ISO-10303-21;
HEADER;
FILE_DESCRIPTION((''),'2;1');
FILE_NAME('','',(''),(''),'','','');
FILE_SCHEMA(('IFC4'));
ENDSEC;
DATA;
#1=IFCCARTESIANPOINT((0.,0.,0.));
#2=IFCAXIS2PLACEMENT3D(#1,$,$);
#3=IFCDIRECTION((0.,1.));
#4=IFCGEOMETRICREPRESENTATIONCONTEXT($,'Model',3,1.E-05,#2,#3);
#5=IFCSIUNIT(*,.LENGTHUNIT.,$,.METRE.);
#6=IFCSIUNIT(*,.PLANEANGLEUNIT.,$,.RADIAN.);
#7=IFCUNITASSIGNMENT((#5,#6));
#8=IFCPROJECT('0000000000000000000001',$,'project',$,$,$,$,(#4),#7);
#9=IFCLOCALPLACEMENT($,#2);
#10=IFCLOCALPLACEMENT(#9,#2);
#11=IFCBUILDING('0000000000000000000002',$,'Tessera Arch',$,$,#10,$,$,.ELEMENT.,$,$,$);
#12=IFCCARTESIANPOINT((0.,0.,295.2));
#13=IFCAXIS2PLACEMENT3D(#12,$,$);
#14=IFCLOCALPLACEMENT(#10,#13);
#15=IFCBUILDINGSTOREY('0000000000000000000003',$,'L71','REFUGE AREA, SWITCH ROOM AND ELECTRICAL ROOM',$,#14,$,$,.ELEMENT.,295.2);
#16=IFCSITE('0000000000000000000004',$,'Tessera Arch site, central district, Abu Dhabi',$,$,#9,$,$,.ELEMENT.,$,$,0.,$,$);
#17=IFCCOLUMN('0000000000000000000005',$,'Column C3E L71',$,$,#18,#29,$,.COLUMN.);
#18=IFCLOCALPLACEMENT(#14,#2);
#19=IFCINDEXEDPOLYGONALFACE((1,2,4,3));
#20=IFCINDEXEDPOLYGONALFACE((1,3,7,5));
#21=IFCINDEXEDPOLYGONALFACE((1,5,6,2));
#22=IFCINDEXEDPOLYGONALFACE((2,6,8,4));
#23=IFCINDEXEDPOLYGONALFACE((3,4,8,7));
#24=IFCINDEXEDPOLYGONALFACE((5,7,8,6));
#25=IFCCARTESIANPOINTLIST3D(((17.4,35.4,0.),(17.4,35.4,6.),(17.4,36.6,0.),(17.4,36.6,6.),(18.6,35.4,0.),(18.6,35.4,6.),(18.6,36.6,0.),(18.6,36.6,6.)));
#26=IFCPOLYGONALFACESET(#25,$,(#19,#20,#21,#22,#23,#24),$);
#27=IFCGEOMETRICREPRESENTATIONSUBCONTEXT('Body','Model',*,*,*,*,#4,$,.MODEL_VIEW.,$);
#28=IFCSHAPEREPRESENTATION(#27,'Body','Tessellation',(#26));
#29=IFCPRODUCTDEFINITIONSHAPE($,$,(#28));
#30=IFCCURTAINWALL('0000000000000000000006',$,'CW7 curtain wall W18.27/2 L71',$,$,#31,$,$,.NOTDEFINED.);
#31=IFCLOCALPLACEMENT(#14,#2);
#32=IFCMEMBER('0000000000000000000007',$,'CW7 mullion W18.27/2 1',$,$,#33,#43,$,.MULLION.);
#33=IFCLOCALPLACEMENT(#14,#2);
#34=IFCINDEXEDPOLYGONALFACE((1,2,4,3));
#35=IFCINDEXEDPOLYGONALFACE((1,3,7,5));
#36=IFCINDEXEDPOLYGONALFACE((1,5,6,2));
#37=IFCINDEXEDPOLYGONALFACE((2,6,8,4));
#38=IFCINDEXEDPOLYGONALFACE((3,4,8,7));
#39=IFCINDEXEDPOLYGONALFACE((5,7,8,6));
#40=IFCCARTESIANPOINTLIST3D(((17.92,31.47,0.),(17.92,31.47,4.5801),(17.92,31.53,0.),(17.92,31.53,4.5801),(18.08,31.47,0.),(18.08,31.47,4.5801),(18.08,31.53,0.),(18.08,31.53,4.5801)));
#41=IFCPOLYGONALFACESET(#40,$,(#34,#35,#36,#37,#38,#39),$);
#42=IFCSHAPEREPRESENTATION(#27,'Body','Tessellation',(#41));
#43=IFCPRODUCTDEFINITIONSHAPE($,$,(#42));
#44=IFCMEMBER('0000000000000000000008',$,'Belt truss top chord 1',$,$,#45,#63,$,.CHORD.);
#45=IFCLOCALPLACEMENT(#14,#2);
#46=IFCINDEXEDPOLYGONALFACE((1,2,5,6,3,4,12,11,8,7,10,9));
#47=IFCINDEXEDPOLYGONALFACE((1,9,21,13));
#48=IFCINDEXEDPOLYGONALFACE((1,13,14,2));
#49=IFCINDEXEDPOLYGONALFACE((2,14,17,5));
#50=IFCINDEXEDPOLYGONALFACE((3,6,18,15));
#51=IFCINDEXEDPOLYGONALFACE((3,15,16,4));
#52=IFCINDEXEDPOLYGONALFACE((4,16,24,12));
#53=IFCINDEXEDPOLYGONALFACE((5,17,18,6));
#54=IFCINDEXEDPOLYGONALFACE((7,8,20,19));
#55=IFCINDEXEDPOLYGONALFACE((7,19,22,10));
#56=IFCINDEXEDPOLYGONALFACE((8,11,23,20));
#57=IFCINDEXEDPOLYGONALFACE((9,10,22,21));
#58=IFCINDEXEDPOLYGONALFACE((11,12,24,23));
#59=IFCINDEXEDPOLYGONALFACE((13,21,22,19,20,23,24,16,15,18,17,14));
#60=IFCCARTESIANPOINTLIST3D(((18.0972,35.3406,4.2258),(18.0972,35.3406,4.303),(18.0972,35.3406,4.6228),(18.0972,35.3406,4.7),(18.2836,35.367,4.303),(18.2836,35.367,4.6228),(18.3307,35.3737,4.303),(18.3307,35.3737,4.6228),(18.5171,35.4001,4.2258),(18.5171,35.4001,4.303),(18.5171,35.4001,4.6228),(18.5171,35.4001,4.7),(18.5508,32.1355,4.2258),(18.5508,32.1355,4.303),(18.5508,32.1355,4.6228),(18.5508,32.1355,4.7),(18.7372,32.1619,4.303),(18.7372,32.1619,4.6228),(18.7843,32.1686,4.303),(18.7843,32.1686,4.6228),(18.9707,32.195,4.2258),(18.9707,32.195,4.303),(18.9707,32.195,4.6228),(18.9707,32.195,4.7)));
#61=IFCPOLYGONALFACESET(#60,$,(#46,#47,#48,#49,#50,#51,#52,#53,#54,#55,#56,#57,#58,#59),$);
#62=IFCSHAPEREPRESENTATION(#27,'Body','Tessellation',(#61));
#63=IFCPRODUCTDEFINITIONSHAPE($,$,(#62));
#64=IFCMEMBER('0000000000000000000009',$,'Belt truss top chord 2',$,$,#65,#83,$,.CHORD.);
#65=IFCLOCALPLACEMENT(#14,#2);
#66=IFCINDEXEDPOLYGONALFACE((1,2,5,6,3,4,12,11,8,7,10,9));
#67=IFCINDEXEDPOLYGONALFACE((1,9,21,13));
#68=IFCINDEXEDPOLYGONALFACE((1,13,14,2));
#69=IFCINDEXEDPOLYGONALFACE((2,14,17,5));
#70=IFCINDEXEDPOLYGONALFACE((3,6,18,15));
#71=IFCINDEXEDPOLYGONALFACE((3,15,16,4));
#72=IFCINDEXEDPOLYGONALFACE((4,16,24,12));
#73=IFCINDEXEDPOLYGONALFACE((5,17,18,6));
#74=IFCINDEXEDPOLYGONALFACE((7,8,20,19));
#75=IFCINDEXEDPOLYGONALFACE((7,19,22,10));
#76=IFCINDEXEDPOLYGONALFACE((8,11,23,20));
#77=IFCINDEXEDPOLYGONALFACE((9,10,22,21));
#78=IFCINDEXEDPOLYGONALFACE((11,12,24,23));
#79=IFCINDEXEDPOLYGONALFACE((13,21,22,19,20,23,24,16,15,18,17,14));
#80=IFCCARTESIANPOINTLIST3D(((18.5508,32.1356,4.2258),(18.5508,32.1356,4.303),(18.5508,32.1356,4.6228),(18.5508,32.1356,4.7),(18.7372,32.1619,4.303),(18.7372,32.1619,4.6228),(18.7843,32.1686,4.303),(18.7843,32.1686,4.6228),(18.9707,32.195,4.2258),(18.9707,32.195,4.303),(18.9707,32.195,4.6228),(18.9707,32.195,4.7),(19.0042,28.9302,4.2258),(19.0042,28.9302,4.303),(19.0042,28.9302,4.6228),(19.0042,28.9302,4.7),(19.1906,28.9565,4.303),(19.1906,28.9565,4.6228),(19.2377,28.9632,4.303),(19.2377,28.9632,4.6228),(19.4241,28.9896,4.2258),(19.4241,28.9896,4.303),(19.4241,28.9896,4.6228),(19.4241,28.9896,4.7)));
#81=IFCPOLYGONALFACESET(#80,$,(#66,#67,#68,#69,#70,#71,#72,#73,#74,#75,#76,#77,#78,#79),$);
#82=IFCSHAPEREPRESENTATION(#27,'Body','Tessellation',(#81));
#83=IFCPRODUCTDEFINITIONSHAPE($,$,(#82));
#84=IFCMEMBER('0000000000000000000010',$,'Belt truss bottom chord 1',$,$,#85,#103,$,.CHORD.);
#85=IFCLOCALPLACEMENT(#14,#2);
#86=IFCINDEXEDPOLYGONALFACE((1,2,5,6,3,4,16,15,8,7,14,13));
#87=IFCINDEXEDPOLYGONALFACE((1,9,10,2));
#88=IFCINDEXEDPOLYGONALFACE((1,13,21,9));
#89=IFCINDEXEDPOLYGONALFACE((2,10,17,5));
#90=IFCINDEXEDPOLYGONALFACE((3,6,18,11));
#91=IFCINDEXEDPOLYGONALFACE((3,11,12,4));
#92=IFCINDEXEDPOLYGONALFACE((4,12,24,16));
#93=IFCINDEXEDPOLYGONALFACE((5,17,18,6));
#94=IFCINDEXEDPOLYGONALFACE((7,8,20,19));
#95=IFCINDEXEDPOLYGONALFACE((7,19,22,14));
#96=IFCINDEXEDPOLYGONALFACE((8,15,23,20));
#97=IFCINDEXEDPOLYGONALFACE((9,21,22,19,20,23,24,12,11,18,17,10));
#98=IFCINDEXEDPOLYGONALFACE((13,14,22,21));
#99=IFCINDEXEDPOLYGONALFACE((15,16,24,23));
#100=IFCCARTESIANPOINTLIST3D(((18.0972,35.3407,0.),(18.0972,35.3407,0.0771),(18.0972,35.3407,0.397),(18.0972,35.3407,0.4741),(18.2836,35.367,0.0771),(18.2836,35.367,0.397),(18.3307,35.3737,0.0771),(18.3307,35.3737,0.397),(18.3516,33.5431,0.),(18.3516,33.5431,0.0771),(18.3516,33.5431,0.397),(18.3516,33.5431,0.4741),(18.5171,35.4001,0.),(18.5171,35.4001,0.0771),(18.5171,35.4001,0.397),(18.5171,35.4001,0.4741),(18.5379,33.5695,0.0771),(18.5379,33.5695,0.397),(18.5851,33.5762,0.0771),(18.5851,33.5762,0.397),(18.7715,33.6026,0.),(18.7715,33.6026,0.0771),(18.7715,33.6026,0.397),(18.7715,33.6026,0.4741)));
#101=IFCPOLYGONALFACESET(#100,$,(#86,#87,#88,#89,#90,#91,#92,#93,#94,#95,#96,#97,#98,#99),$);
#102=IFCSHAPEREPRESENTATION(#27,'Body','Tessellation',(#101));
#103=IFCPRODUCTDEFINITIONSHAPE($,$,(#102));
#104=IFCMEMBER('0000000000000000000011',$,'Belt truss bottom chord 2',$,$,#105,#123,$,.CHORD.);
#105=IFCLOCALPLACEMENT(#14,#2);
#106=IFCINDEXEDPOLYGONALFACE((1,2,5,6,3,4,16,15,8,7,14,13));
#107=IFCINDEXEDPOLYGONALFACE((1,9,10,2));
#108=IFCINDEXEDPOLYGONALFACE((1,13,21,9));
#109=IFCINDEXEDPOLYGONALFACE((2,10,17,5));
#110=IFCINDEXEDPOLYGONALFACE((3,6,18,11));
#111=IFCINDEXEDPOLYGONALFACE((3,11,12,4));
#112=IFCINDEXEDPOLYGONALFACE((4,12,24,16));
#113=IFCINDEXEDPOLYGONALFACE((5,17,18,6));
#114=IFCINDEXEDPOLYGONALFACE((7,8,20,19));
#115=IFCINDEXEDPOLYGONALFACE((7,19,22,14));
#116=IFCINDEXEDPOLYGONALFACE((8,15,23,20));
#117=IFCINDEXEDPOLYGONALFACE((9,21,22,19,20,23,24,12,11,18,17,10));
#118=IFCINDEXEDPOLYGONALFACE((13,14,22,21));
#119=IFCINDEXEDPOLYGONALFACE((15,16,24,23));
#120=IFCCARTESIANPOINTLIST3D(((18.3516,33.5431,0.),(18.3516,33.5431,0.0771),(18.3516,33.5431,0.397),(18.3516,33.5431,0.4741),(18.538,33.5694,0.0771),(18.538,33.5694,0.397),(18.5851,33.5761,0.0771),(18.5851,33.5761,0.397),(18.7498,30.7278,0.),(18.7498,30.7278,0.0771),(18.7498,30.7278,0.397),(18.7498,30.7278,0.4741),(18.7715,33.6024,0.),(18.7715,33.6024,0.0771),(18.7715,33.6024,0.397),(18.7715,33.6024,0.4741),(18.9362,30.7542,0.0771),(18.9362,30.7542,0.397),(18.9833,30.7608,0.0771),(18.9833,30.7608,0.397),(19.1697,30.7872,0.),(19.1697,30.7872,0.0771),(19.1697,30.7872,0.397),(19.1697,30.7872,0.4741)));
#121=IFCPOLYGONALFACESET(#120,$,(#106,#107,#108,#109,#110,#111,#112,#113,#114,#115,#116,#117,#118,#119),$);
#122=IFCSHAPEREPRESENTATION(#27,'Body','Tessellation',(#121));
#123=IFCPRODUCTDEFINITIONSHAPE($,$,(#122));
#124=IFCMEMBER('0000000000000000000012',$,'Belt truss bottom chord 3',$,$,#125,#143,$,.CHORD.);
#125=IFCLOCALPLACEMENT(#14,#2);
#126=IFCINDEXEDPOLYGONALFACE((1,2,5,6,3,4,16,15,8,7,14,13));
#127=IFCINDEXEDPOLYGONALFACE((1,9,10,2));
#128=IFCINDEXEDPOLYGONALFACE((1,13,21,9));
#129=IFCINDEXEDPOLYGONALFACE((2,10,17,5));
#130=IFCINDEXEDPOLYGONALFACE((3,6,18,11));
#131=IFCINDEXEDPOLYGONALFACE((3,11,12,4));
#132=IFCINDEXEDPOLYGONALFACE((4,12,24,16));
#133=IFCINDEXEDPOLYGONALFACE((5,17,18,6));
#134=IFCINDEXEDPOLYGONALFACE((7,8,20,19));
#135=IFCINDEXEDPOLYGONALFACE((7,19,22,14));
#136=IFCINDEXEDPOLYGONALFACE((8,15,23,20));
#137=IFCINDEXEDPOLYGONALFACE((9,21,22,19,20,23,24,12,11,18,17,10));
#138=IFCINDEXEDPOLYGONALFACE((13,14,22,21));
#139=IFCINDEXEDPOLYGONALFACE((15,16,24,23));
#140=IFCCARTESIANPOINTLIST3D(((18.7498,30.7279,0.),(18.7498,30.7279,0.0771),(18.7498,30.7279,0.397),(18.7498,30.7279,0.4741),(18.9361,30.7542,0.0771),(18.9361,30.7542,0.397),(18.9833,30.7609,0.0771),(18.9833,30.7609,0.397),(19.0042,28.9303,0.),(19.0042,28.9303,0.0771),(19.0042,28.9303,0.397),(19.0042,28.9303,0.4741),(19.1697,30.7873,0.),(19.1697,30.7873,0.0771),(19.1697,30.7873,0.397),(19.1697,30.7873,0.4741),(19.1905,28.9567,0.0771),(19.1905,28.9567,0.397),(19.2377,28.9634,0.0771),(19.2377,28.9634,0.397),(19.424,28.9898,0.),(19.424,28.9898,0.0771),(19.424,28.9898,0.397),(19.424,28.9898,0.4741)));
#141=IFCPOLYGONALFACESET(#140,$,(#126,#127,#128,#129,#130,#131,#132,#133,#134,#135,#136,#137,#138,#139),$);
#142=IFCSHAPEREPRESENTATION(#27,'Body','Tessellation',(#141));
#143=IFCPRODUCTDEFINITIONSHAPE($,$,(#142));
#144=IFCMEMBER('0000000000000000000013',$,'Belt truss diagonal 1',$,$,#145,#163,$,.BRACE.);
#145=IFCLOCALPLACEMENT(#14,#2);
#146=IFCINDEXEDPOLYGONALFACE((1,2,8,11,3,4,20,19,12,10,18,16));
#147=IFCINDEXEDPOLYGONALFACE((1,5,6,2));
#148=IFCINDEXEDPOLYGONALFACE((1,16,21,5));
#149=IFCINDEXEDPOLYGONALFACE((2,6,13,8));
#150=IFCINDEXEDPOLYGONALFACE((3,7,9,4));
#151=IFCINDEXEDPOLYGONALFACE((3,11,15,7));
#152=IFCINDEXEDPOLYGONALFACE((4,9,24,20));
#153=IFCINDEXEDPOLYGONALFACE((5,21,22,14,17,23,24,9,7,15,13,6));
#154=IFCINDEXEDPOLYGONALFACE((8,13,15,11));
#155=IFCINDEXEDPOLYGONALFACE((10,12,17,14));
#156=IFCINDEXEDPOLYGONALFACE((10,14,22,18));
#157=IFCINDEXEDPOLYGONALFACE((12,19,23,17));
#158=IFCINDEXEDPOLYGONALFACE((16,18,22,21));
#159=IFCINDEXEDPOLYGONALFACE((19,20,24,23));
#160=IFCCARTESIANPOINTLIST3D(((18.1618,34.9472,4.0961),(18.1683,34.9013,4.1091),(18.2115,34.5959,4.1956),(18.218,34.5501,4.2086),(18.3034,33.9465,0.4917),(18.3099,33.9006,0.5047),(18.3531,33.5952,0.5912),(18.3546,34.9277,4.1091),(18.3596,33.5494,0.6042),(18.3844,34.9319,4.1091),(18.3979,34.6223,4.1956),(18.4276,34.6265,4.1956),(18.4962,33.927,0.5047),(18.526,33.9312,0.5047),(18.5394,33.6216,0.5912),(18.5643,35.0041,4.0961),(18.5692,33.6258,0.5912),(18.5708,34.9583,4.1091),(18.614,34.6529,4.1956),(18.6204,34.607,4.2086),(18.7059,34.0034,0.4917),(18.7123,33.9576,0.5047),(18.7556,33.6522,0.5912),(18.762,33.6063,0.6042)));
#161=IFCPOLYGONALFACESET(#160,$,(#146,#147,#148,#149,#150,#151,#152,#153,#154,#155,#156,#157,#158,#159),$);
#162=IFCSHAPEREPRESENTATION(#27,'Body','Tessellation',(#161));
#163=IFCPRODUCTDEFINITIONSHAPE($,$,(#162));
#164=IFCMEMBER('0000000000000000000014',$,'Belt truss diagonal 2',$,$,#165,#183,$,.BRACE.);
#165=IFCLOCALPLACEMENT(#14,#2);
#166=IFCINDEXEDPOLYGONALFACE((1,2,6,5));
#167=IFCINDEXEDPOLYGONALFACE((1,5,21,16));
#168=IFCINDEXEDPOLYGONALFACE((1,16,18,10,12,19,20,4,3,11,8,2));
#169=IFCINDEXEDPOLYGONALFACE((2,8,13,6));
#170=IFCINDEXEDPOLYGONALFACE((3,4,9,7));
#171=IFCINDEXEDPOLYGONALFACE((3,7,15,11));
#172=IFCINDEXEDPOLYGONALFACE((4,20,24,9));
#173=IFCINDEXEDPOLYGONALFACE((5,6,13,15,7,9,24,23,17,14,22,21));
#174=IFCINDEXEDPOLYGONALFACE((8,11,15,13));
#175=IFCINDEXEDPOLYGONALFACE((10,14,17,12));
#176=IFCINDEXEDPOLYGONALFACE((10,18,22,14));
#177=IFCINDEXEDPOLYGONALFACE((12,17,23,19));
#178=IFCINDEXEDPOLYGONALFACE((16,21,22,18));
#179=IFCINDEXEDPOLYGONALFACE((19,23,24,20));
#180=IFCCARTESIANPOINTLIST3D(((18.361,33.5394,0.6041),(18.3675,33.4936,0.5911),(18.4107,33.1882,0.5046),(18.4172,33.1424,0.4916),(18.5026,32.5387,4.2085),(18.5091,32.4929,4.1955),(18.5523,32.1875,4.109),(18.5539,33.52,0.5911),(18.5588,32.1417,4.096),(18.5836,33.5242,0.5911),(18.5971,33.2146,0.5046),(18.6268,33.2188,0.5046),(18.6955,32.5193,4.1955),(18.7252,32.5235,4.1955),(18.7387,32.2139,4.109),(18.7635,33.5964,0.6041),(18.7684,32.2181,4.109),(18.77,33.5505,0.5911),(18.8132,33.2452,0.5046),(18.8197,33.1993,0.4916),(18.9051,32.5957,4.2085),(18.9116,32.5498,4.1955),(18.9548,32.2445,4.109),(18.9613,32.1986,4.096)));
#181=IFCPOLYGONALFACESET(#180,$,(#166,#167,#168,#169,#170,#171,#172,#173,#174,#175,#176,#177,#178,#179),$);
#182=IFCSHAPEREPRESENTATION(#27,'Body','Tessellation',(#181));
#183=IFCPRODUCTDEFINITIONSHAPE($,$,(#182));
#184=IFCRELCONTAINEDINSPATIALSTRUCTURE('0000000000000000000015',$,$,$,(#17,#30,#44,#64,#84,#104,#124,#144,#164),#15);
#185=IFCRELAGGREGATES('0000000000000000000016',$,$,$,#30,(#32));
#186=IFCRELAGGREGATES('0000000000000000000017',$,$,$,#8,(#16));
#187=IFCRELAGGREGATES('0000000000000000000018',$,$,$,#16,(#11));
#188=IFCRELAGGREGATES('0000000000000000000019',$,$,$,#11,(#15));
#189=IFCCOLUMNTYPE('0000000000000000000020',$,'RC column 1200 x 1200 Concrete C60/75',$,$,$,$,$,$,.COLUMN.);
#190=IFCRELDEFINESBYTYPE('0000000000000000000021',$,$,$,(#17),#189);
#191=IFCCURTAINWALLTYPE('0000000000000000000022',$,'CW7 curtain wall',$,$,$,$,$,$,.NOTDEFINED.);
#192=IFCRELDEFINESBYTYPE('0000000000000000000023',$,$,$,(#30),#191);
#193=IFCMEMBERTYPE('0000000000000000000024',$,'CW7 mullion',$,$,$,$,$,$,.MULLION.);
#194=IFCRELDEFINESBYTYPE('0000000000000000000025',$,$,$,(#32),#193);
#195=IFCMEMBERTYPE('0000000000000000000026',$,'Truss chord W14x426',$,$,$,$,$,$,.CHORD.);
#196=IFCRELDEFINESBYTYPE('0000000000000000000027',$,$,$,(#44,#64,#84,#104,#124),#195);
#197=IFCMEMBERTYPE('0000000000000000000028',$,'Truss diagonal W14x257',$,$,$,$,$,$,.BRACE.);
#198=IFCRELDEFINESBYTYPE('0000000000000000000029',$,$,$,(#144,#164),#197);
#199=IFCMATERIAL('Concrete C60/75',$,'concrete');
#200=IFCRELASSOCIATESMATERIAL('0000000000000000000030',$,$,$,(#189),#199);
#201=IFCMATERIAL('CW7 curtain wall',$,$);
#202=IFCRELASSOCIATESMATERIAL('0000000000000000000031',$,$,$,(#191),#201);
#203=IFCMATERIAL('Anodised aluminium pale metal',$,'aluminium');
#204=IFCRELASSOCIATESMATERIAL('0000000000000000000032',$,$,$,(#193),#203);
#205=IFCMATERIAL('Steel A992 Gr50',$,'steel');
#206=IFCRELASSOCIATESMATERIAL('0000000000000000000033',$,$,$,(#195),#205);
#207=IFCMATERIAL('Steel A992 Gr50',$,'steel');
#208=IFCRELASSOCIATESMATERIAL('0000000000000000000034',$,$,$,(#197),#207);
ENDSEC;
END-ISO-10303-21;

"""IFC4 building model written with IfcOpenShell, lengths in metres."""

from ifc_helpers import new_model, si_unit, direction, frame, origin, origin_2d, place, context, subcontext, project, spatial, rectangle, i_section, extrude, material, material_profile, profile_set, type_object, element, aggregate, save


model = new_model("IFC4")

# Units and contexts
model_context = context("Model", 3, precision=1e-05, world=origin(), true_north=direction((0.0, 1.0)))
body_context = subcontext(model_context, "Body", "Model", "MODEL_VIEW")
ifc_project = project(units=[si_unit("LENGTHUNIT", "METRE"), si_unit("PLANEANGLEUNIT", "RADIAN")], contexts=[model_context])

# Site, building, storey
site_placement = place(None, origin())
site = spatial("IfcSite", under=ifc_project, at=site_placement, Name="Tessera Arch site, central district, Abu Dhabi", CompositionType="ELEMENT", RefElevation=0.0)
building_placement = place(site_placement, origin())
building = spatial("IfcBuilding", under=site, at=building_placement, Name="Tessera Arch", CompositionType="ELEMENT")
storey_placement = place(building_placement, frame((0.0, 0.0, 295.2)))
storey = spatial("IfcBuildingStorey", under=building, at=storey_placement, Name="L71", Description="REFUGE AREA, SWITCH ROOM AND ELECTRICAL ROOM", CompositionType="ELEMENT", Elevation=295.2)

# Column
ifc_material_1 = material(Name="Concrete C60/75", Category="concrete")
ifc_material_profile_1 = material_profile(ifc_material_1, rectangle(XDim=1.2, YDim=1.2, at=origin_2d()), Name="RC column 1200 x 1200 Concrete C60/75")
ifc_profile_set_1 = profile_set([ifc_material_profile_1], Name="Concrete C60/75")
column_type = type_object("IfcColumnType", Name="RC column 1200 x 1200 Concrete C60/75", PredefinedType="COLUMN", material=ifc_profile_set_1)
column_placement = place(storey_placement, frame((18.0, 36.0, 0.0), z_axis=(0.0, 0.0, 1.0), x_axis=(1.0, 0.0, 0.0)))
element("IfcColumn", 1, at=column_placement, inside=storey, type_object=column_type, Name="Column C3E L71", PredefinedType="COLUMN", context=body_context, shape_type="SweptSolid", body=[
    extrude(rectangle(XDim=1.2, YDim=1.2, at=origin_2d()), origin(), (0.0, 0.0, 1.0), 6.0),
])

# Curtain wall, member
ifc_material_2 = material(Name="CW7 curtain wall")
curtain_wall_type = type_object("IfcCurtainWallType", Name="CW7 curtain wall", PredefinedType="NOTDEFINED", material=ifc_material_2)
curtain_wall_placement = place(storey_placement, origin())
curtain_wall = element("IfcCurtainWall", 2, at=curtain_wall_placement, inside=storey, type_object=curtain_wall_type, Name="CW7 curtain wall W18.27/2 L71", PredefinedType="NOTDEFINED")
ifc_material_3 = material(Name="Anodised aluminium pale metal", Category="aluminium")
ifc_material_profile_2 = material_profile(ifc_material_3, rectangle(XDim=0.1599, YDim=0.0601, at=origin_2d()), Name="AL 60x160")
ifc_profile_set_2 = profile_set([ifc_material_profile_2], Name="Anodised aluminium pale metal")
member_type_1 = type_object("IfcMemberType", Name="CW7 mullion", PredefinedType="MULLION", material=ifc_profile_set_2)
member_1_placement = place(storey_placement, frame((18.0, 31.5, 0.0), z_axis=(0.0, 0.0, 1.0), x_axis=(1.0, 0.0, 0.0)))
member_1 = element("IfcMember", 3, at=member_1_placement, type_object=member_type_1, Name="CW7 mullion W18.27/2 1", PredefinedType="MULLION", context=body_context, shape_type="SweptSolid", body=[
    extrude(rectangle(XDim=0.1599, YDim=0.0601, at=origin_2d()), origin(), (0.0, 0.0, 1.0), 4.5801),
])

# Members
ifc_material_4 = material(Name="Steel A992 Gr50", Category="steel")
ifc_material_profile_3 = material_profile(ifc_material_4, i_section(OverallWidth=0.4241, OverallDepth=0.4741, WebThickness=0.0476, FlangeThickness=0.0771, at=origin_2d()), Name="W14x426")
ifc_profile_set_3 = profile_set([ifc_material_profile_3], Name="Steel A992 Gr50")
member_type_2 = type_object("IfcMemberType", Name="Truss chord W14x426", PredefinedType="CHORD", material=ifc_profile_set_3)
member_2_placement = place(storey_placement, frame((18.3071, 35.3704, 4.4629), z_axis=(0.140133, -0.990133, 0.0), x_axis=(0.990133, 0.140133, 0.0)))
element("IfcMember", 4, at=member_2_placement, inside=storey, type_object=member_type_2, Name="Belt truss top chord 1", PredefinedType="CHORD", context=body_context, shape_type="SweptSolid", body=[
    extrude(i_section(OverallWidth=0.4241, OverallDepth=0.4741, WebThickness=0.0476, FlangeThickness=0.0771, at=origin_2d()), origin(), (0.0, 0.0, 1.0), 3.2371),
])
member_3_placement = place(storey_placement, frame((18.7607, 32.1653, 4.4629), z_axis=(0.140049, -0.990145, 0.0), x_axis=(0.990145, 0.140049, 0.0)))
element("IfcMember", 5, at=member_3_placement, inside=storey, type_object=member_type_2, Name="Belt truss top chord 2", PredefinedType="CHORD", context=body_context, shape_type="SweptSolid", body=[
    extrude(i_section(OverallWidth=0.4241, OverallDepth=0.4741, WebThickness=0.0476, FlangeThickness=0.0771, at=origin_2d()), origin(), (0.0, 0.0, 1.0), 3.2373),
])
member_4_placement = place(storey_placement, frame((18.3071, 35.3704, 0.2371), z_axis=(0.140122, -0.990134, 0.0), x_axis=(0.990134, 0.140122, 0.0)))
element("IfcMember", 6, at=member_4_placement, inside=storey, type_object=member_type_2, Name="Belt truss bottom chord 1", PredefinedType="CHORD", context=body_context, shape_type="SweptSolid", body=[
    extrude(i_section(OverallWidth=0.4241, OverallDepth=0.4741, WebThickness=0.0476, FlangeThickness=0.0771, at=origin_2d()), origin(), (0.0, 0.0, 1.0), 1.8154),
])
member_5_placement = place(storey_placement, frame((18.5615, 33.5728, 0.2371), z_axis=(0.140051, -0.990144, 0.0), x_axis=(0.990144, 0.140051, 0.0)))
element("IfcMember", 7, at=member_5_placement, inside=storey, type_object=member_type_2, Name="Belt truss bottom chord 2", PredefinedType="CHORD", context=body_context, shape_type="SweptSolid", body=[
    extrude(i_section(OverallWidth=0.4241, OverallDepth=0.4741, WebThickness=0.0476, FlangeThickness=0.0771, at=origin_2d()), origin(), (0.0, 0.0, 1.0), 2.8433),
])
member_6_placement = place(storey_placement, frame((18.9597, 30.7576, 0.2371), z_axis=(0.140122, -0.990134, 0.0), x_axis=(0.990134, 0.140122, 0.0)))
element("IfcMember", 8, at=member_6_placement, inside=storey, type_object=member_type_2, Name="Belt truss bottom chord 3", PredefinedType="CHORD", context=body_context, shape_type="SweptSolid", body=[
    extrude(i_section(OverallWidth=0.4241, OverallDepth=0.4741, WebThickness=0.0476, FlangeThickness=0.0771, at=origin_2d()), origin(), (0.0, 0.0, 1.0), 1.8154),
])
ifc_material_5 = material(Name="Steel A992 Gr50", Category="steel")
ifc_material_profile_4 = material_profile(ifc_material_5, i_section(OverallWidth=0.4065, OverallDepth=0.4165, WebThickness=0.03, FlangeThickness=0.0481, at=origin_2d()), Name="W14x257")
ifc_profile_set_4 = profile_set([ifc_material_profile_4], Name="Steel A992 Gr50")
member_type_3 = type_object("IfcMemberType", Name="Truss diagonal W14x257", PredefinedType="BRACE", material=ifc_profile_set_4)
for number, where, z_axis, x_axis, name in (
    (9, (18.3911, 34.7771, 4.1523), (0.037826, -0.267325, -0.962864), (0.990137, 0.140102, 0.0), "Belt truss diagonal 1"),
    (10, (18.5903, 33.3694, 0.5479), (0.037826, -0.267325, 0.962864), (0.990137, 0.140102, 0.0), "Belt truss diagonal 2"),
):
    element("IfcMember", number, at=place(storey_placement, frame(where, z_axis=z_axis, x_axis=x_axis)), inside=storey, type_object=member_type_3, Name=name, PredefinedType="BRACE", context=body_context, shape_type="SweptSolid", body=[
        extrude(i_section(OverallWidth=0.4065, OverallDepth=0.4165, WebThickness=0.03, FlangeThickness=0.0481, at=origin_2d()), origin(), (0.0, 0.0, 1.0), 3.7434),
    ])

aggregate(curtain_wall, [member_1])

save(model, "model.ifc")
